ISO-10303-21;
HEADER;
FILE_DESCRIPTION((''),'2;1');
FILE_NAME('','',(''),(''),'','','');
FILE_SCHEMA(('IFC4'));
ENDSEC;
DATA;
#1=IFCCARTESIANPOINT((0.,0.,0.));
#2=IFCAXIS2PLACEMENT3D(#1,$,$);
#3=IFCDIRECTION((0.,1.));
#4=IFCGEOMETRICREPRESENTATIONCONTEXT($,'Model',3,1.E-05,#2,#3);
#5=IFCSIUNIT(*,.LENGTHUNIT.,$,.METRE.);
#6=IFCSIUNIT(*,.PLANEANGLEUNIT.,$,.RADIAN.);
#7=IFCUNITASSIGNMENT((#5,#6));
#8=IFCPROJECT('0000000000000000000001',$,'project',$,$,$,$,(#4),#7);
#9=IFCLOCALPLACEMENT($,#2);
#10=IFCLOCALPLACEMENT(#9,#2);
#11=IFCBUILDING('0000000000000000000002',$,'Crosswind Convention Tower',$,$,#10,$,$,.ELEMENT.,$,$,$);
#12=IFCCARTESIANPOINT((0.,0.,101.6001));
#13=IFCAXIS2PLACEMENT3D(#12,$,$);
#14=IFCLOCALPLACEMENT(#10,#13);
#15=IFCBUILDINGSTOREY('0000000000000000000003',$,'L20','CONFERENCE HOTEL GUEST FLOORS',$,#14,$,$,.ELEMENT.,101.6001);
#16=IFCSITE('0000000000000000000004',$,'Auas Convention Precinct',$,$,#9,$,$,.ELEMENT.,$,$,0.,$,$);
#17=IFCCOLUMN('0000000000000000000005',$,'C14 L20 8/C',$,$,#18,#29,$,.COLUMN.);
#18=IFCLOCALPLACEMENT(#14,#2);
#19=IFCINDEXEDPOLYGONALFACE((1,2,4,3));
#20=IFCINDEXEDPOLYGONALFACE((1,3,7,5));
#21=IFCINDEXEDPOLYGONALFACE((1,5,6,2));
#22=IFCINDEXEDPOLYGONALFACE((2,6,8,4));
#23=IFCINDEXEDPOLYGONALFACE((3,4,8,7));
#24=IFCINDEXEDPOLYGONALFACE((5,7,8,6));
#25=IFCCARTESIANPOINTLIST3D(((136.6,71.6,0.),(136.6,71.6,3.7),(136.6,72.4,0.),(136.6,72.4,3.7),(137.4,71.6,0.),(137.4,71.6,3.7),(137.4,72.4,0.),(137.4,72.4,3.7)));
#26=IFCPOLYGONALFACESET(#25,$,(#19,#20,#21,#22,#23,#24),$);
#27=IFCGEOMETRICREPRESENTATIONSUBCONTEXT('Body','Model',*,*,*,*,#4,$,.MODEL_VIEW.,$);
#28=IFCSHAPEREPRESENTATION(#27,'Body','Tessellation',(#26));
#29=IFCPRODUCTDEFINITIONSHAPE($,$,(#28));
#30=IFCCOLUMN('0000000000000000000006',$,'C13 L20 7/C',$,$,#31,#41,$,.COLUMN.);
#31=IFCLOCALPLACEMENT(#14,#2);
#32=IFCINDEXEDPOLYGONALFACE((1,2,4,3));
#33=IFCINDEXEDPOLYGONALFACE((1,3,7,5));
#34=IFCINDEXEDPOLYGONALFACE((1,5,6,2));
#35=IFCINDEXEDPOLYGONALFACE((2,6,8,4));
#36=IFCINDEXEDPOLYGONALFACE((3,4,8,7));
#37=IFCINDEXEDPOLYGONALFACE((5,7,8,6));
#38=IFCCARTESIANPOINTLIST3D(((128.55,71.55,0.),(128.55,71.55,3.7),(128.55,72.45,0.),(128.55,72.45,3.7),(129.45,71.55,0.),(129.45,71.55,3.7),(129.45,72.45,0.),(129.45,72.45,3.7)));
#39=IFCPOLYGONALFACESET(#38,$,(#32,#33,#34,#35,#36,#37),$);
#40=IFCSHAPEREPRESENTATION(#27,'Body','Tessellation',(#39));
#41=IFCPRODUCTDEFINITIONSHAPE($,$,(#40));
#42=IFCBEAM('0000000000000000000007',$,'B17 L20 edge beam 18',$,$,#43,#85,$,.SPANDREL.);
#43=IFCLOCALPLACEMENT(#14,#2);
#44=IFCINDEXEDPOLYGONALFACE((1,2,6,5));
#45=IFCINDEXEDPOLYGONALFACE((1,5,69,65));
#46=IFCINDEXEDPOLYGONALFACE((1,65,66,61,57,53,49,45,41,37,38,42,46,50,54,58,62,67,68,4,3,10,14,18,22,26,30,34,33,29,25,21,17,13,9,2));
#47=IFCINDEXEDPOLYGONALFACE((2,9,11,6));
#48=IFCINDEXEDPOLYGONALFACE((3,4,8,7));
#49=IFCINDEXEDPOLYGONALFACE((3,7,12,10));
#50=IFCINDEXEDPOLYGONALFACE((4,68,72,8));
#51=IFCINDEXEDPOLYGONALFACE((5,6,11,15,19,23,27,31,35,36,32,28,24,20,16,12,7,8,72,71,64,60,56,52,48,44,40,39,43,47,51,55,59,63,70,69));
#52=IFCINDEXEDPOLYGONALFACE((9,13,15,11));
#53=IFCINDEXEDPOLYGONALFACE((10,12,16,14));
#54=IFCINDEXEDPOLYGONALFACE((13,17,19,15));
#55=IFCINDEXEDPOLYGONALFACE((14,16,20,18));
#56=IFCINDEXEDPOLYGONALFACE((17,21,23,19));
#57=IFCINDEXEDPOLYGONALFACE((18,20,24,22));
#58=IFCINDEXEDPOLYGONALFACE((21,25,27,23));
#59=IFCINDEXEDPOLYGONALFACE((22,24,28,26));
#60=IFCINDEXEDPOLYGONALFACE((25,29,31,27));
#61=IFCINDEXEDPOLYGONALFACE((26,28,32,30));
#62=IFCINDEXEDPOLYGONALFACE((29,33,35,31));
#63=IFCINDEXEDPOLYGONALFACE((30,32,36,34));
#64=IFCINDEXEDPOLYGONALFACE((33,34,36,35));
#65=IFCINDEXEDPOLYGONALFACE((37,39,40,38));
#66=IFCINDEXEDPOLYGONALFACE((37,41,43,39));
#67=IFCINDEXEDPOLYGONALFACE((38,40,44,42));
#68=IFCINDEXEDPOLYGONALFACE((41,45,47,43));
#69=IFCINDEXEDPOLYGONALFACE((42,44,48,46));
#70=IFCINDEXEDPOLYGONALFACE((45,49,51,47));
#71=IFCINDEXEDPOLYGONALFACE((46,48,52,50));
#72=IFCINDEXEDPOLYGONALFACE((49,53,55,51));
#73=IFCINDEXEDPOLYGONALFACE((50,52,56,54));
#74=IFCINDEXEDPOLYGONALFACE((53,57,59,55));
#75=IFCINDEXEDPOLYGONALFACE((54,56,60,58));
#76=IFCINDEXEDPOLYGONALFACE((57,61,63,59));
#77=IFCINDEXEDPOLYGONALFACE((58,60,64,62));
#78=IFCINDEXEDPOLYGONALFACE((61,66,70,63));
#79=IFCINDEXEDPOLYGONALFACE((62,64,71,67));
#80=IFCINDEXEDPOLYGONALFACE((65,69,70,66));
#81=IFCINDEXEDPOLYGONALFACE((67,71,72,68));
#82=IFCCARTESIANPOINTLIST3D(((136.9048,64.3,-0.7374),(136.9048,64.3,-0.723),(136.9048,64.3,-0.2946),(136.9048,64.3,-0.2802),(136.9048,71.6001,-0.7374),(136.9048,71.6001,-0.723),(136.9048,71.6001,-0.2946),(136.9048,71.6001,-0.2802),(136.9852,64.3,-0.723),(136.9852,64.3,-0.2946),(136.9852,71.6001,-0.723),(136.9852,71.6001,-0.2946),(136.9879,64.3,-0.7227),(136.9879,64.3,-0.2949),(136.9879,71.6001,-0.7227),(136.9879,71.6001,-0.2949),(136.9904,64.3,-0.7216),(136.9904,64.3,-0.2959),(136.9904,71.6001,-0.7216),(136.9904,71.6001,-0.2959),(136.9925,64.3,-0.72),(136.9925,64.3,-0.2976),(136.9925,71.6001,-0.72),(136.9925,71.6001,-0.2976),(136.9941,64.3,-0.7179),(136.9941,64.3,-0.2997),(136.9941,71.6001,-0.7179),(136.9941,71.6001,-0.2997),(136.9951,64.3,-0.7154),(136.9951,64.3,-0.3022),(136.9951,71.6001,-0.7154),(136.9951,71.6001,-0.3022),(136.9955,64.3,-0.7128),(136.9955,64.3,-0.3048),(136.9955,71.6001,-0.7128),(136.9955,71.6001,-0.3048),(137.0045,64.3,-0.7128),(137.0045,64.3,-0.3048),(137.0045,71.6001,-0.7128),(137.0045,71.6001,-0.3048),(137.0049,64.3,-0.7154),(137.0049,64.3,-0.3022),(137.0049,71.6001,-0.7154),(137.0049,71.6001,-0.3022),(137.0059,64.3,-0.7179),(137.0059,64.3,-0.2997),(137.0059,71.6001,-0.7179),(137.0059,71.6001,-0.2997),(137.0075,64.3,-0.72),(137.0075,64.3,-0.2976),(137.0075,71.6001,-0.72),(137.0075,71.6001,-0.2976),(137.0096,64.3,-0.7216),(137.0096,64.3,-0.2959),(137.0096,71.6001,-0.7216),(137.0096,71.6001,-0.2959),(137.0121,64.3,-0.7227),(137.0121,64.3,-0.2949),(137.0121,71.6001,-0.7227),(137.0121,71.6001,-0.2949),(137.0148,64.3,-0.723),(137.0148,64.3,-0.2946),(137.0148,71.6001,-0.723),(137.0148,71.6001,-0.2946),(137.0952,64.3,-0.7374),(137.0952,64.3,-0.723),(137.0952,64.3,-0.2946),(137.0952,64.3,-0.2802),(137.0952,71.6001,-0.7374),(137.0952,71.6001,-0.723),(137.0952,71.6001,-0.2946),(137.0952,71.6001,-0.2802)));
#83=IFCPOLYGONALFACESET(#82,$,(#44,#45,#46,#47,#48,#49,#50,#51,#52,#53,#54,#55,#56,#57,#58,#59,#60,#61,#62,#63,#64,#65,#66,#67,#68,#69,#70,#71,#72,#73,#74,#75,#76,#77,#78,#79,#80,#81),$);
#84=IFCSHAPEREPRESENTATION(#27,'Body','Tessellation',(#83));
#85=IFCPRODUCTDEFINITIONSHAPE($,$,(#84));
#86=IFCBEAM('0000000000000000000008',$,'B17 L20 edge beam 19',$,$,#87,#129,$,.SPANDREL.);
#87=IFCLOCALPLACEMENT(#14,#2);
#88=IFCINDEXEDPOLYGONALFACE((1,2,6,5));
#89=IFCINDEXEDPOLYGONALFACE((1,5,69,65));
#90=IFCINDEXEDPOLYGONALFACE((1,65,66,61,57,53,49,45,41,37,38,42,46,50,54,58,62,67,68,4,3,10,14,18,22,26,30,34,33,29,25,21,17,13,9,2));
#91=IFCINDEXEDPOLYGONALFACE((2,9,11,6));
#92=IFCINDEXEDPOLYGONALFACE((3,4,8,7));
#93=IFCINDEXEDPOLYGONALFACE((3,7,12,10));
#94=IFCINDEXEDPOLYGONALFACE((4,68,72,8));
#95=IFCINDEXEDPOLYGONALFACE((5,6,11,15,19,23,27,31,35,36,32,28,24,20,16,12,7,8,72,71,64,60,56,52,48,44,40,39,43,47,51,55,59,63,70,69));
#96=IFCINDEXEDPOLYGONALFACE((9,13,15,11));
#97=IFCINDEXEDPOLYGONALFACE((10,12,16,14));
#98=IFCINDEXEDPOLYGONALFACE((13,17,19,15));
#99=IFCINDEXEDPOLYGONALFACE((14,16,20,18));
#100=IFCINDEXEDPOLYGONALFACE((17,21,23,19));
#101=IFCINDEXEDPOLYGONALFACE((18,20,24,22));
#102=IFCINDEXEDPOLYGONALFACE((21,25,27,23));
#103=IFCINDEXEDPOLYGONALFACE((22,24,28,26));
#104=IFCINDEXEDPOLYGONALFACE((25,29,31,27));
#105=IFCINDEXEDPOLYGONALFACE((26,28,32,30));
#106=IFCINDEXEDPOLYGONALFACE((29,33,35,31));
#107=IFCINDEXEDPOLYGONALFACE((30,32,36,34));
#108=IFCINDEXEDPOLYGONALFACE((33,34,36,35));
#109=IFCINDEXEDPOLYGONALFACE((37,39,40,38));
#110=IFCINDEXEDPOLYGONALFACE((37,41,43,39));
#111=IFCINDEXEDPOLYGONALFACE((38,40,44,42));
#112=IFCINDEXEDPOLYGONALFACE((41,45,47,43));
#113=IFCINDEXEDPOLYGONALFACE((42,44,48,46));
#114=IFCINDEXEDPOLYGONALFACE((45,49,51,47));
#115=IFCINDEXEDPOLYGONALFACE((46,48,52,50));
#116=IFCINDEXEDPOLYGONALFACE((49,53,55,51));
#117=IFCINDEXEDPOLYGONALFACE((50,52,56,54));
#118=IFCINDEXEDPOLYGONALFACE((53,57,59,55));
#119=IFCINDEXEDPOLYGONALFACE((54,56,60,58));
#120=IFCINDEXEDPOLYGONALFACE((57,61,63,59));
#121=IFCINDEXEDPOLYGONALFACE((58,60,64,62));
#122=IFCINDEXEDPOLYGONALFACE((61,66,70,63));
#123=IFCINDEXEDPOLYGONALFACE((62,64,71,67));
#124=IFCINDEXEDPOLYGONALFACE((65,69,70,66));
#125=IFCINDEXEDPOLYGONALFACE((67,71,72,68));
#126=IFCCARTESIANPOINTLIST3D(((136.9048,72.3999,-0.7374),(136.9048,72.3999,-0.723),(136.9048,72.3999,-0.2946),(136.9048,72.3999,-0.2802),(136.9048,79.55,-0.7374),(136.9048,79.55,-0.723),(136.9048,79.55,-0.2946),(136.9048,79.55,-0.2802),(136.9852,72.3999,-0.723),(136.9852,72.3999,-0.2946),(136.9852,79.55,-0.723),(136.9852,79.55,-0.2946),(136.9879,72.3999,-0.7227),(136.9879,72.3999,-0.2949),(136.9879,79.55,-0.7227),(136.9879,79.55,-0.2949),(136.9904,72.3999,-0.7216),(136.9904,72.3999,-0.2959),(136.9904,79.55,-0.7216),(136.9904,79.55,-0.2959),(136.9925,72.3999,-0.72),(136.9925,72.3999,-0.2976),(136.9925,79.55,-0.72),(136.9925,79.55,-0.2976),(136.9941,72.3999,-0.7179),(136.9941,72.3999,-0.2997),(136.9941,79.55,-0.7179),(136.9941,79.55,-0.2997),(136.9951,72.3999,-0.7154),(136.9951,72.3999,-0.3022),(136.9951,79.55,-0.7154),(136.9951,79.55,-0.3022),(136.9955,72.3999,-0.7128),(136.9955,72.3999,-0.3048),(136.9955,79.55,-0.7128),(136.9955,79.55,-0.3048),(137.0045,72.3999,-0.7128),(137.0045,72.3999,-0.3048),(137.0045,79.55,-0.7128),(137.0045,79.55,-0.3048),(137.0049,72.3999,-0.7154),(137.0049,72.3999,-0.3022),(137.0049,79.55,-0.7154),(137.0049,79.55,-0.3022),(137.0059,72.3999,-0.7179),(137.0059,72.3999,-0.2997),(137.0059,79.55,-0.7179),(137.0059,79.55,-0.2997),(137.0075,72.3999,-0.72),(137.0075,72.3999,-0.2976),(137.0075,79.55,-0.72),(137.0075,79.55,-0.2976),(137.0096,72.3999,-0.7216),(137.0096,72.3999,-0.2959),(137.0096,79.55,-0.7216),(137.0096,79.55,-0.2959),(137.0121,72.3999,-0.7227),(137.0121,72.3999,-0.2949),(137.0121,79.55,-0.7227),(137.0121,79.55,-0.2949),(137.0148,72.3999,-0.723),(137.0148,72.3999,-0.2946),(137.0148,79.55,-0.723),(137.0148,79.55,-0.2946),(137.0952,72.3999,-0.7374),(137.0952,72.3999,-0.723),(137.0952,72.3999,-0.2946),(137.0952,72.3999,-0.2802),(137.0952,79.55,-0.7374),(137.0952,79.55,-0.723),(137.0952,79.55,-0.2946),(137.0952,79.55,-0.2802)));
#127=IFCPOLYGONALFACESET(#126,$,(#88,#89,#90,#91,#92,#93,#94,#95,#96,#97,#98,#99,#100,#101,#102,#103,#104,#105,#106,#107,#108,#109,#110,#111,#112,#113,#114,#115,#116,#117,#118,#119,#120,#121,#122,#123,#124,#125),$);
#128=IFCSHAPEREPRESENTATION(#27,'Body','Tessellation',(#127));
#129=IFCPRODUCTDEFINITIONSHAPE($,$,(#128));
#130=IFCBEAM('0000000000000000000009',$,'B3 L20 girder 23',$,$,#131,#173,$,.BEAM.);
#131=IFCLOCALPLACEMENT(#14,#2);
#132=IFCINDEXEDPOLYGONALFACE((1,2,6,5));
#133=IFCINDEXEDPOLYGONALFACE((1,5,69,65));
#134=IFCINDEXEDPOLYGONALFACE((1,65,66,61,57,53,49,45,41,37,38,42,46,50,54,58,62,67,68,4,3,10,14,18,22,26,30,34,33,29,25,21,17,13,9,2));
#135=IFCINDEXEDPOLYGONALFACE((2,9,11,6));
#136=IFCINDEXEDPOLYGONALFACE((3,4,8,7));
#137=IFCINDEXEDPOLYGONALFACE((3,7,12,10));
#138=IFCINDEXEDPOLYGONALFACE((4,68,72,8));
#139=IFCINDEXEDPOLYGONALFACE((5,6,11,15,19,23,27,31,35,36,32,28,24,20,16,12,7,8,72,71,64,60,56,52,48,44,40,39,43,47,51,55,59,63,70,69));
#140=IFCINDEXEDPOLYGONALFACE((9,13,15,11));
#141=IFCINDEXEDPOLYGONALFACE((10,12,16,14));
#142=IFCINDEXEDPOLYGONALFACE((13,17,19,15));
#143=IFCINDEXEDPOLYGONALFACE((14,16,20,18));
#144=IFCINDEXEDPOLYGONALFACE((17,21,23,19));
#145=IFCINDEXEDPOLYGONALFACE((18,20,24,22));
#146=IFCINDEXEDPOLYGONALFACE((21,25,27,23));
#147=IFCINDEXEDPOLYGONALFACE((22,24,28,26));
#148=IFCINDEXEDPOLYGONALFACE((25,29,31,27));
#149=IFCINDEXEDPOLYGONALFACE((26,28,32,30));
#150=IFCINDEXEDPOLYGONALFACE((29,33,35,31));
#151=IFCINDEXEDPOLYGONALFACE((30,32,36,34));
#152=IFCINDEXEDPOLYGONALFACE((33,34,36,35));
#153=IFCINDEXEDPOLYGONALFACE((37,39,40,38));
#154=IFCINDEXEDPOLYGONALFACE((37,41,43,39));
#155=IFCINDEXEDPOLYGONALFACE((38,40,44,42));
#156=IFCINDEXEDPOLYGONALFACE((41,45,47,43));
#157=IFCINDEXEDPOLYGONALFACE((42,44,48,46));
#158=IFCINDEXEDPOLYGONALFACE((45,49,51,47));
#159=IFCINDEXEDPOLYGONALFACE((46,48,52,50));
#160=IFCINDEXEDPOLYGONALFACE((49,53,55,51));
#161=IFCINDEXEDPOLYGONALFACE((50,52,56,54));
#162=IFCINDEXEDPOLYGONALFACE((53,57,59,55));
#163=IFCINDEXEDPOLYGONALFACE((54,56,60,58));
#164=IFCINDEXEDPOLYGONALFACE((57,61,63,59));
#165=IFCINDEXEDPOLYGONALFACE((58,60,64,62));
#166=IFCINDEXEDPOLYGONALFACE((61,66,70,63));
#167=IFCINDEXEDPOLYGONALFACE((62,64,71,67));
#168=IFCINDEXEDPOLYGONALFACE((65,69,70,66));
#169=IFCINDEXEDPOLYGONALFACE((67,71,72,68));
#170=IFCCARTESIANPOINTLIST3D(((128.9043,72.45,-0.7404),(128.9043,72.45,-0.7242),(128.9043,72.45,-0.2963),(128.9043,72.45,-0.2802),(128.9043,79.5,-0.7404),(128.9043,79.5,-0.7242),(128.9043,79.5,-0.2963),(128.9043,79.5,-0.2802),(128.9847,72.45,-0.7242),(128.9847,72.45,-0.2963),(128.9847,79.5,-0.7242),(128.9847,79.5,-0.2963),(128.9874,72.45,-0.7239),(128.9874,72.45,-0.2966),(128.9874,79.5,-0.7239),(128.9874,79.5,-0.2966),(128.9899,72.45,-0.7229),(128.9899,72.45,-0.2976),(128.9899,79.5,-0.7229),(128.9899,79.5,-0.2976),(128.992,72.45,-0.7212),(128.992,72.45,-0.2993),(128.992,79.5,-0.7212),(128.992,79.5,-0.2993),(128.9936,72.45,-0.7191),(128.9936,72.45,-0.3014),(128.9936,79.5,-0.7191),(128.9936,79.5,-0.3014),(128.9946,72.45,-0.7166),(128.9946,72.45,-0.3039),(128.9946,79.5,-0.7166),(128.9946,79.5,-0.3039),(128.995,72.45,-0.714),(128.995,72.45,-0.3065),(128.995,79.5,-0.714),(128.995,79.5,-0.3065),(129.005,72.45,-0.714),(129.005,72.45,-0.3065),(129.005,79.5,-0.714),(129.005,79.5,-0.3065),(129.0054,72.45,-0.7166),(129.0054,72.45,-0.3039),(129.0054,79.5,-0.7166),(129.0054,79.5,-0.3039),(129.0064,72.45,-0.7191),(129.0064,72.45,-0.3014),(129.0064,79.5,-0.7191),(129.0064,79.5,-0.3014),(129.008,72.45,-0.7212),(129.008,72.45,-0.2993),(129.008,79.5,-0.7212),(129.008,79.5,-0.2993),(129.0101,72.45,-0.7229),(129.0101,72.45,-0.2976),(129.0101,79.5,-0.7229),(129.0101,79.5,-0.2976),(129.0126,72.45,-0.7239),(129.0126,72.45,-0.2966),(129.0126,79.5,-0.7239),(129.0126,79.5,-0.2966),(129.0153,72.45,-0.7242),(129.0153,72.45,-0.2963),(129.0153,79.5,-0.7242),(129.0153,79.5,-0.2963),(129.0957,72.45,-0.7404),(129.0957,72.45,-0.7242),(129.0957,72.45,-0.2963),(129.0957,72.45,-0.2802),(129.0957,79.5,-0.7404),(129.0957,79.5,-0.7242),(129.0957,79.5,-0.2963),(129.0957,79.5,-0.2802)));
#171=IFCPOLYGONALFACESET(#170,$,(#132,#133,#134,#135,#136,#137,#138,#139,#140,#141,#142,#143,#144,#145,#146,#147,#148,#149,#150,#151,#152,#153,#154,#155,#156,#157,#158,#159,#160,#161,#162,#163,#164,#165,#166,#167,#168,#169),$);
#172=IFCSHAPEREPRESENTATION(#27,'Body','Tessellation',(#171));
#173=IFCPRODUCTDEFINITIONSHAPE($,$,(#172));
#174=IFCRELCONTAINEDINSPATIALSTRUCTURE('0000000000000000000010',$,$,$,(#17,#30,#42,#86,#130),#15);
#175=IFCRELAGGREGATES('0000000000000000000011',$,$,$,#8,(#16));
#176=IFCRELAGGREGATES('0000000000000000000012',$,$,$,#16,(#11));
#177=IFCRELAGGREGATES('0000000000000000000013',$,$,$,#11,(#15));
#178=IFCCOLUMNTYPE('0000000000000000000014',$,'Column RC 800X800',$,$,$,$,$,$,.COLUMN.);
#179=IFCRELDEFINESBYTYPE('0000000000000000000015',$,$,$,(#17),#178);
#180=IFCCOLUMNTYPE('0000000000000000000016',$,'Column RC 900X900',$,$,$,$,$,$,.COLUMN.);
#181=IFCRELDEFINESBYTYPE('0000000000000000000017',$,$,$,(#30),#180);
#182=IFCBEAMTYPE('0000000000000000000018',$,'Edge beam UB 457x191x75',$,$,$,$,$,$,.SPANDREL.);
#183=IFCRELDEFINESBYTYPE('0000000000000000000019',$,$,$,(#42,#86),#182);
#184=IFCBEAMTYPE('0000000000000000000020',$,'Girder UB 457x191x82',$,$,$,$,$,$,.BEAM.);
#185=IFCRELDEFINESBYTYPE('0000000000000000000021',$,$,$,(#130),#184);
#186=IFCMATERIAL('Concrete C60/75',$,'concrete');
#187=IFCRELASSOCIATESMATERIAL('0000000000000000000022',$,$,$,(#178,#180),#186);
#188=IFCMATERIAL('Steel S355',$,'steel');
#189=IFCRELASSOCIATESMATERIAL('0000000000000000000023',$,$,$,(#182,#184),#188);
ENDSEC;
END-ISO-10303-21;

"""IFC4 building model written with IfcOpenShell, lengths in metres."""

from ifc_helpers import new_model, si_unit, direction, frame, origin, origin_2d, place, context, subcontext, project, spatial, rectangle, i_section, extrude, material, material_profile, profile_set, type_object, element, save


model = new_model("IFC4")

# Units and contexts
model_context = context("Model", 3, precision=1e-05, world=origin(), true_north=direction((0.0, 1.0)))
body_context = subcontext(model_context, "Body", "Model", "MODEL_VIEW")
ifc_project = project(units=[si_unit("LENGTHUNIT", "METRE"), si_unit("PLANEANGLEUNIT", "RADIAN")], contexts=[model_context])

# Site, building, storey
site_placement = place(None, origin())
site = spatial("IfcSite", under=ifc_project, at=site_placement, Name="Auas Convention Precinct", CompositionType="ELEMENT", RefElevation=0.0)
building_placement = place(site_placement, origin())
building = spatial("IfcBuilding", under=site, at=building_placement, Name="Crosswind Convention Tower", CompositionType="ELEMENT")
storey_placement = place(building_placement, frame((0.0, 0.0, 101.6001)))
storey = spatial("IfcBuildingStorey", under=building, at=storey_placement, Name="L20", Description="CONFERENCE HOTEL GUEST FLOORS", CompositionType="ELEMENT", Elevation=101.6001)

# Columns
ifc_material_1 = material(Name="Concrete C60/75", Category="concrete")
ifc_material_profile_1 = material_profile(ifc_material_1, rectangle(XDim=0.8, YDim=0.8, at=origin_2d()), Name="RC 800X800")
ifc_profile_set_1 = profile_set([ifc_material_profile_1], Name="Concrete C60/75")
column_type_1 = type_object("IfcColumnType", Name="Column RC 800X800", PredefinedType="COLUMN", material=ifc_profile_set_1)
column_1_placement = place(storey_placement, frame((137.0, 72.0, 0.0), z_axis=(0.0, 0.0, 1.0), x_axis=(1.0, 0.0, 0.0)))
element("IfcColumn", 1, at=column_1_placement, inside=storey, type_object=column_type_1, Name="C14 L20 8/C", PredefinedType="COLUMN", context=body_context, shape_type="SweptSolid", body=[
    extrude(rectangle(XDim=0.8, YDim=0.8, at=origin_2d()), origin(), (0.0, 0.0, 1.0), 3.7),
])
ifc_material_profile_2 = material_profile(ifc_material_1, rectangle(XDim=0.8999, YDim=0.8999, at=origin_2d()), Name="RC 900X900")
ifc_profile_set_2 = profile_set([ifc_material_profile_2], Name="Concrete C60/75")
column_type_2 = type_object("IfcColumnType", Name="Column RC 900X900", PredefinedType="COLUMN", material=ifc_profile_set_2)
column_2_placement = place(storey_placement, frame((129.0, 72.0, 0.0), z_axis=(0.0, 0.0, 1.0), x_axis=(1.0, 0.0, 0.0)))
element("IfcColumn", 2, at=column_2_placement, inside=storey, type_object=column_type_2, Name="C13 L20 7/C", PredefinedType="COLUMN", context=body_context, shape_type="SweptSolid", body=[
    extrude(rectangle(XDim=0.8999, YDim=0.8999, at=origin_2d()), origin(), (0.0, 0.0, 1.0), 3.7),
])

# Beams
ifc_material_2 = material(Name="Steel S355", Category="steel")
ifc_material_profile_3 = material_profile(ifc_material_2, i_section(OverallWidth=0.1904, OverallDepth=0.4573, WebThickness=0.009, FlangeThickness=0.0144, FilletRadius=0.0103, at=origin_2d()), Name="UB 457x191x75")
ifc_profile_set_3 = profile_set([ifc_material_profile_3], Name="Steel S355")
beam_type_1 = type_object("IfcBeamType", Name="Edge beam UB 457x191x75", PredefinedType="SPANDREL", material=ifc_profile_set_3)
beam_1_placement = place(storey_placement, frame((137.0, 64.3, -0.5088), z_axis=(0.0, 1.0, 0.0), x_axis=(-1.0, 0.0, 0.0)))
element("IfcBeam", 3, at=beam_1_placement, inside=storey, type_object=beam_type_1, Name="B17 L20 edge beam 18", PredefinedType="SPANDREL", context=body_context, shape_type="SweptSolid", body=[
    extrude(i_section(OverallWidth=0.1904, OverallDepth=0.4573, WebThickness=0.009, FlangeThickness=0.0144, FilletRadius=0.0103, at=origin_2d()), origin(), (0.0, 0.0, 1.0), 7.3),
])
beam_2_placement = place(storey_placement, frame((137.0, 72.3999, -0.5088), z_axis=(0.0, 1.0, 0.0), x_axis=(-1.0, 0.0, 0.0)))
element("IfcBeam", 4, at=beam_2_placement, inside=storey, type_object=beam_type_1, Name="B17 L20 edge beam 19", PredefinedType="SPANDREL", context=body_context, shape_type="SweptSolid", body=[
    extrude(i_section(OverallWidth=0.1904, OverallDepth=0.4573, WebThickness=0.009, FlangeThickness=0.0144, FilletRadius=0.0103, at=origin_2d()), origin(), (0.0, 0.0, 1.0), 7.1501),
])
ifc_material_profile_4 = material_profile(ifc_material_2, i_section(OverallWidth=0.1914, OverallDepth=0.4602, WebThickness=0.01, FlangeThickness=0.0161, FilletRadius=0.0103, at=origin_2d()), Name="UB 457x191x82")
ifc_profile_set_4 = profile_set([ifc_material_profile_4], Name="Steel S355")
beam_type_2 = type_object("IfcBeamType", Name="Girder UB 457x191x82", PredefinedType="BEAM", material=ifc_profile_set_4)
beam_3_placement = place(storey_placement, frame((129.0, 72.45, -0.5103), z_axis=(0.0, 1.0, 0.0), x_axis=(-1.0, 0.0, 0.0)))
element("IfcBeam", 5, at=beam_3_placement, inside=storey, type_object=beam_type_2, Name="B3 L20 girder 23", PredefinedType="BEAM", context=body_context, shape_type="SweptSolid", body=[
    extrude(i_section(OverallWidth=0.1914, OverallDepth=0.4602, WebThickness=0.01, FlangeThickness=0.0161, FilletRadius=0.0103, at=origin_2d()), origin(), (0.0, 0.0, 1.0), 7.05),
])

save(model, "model.ifc")
